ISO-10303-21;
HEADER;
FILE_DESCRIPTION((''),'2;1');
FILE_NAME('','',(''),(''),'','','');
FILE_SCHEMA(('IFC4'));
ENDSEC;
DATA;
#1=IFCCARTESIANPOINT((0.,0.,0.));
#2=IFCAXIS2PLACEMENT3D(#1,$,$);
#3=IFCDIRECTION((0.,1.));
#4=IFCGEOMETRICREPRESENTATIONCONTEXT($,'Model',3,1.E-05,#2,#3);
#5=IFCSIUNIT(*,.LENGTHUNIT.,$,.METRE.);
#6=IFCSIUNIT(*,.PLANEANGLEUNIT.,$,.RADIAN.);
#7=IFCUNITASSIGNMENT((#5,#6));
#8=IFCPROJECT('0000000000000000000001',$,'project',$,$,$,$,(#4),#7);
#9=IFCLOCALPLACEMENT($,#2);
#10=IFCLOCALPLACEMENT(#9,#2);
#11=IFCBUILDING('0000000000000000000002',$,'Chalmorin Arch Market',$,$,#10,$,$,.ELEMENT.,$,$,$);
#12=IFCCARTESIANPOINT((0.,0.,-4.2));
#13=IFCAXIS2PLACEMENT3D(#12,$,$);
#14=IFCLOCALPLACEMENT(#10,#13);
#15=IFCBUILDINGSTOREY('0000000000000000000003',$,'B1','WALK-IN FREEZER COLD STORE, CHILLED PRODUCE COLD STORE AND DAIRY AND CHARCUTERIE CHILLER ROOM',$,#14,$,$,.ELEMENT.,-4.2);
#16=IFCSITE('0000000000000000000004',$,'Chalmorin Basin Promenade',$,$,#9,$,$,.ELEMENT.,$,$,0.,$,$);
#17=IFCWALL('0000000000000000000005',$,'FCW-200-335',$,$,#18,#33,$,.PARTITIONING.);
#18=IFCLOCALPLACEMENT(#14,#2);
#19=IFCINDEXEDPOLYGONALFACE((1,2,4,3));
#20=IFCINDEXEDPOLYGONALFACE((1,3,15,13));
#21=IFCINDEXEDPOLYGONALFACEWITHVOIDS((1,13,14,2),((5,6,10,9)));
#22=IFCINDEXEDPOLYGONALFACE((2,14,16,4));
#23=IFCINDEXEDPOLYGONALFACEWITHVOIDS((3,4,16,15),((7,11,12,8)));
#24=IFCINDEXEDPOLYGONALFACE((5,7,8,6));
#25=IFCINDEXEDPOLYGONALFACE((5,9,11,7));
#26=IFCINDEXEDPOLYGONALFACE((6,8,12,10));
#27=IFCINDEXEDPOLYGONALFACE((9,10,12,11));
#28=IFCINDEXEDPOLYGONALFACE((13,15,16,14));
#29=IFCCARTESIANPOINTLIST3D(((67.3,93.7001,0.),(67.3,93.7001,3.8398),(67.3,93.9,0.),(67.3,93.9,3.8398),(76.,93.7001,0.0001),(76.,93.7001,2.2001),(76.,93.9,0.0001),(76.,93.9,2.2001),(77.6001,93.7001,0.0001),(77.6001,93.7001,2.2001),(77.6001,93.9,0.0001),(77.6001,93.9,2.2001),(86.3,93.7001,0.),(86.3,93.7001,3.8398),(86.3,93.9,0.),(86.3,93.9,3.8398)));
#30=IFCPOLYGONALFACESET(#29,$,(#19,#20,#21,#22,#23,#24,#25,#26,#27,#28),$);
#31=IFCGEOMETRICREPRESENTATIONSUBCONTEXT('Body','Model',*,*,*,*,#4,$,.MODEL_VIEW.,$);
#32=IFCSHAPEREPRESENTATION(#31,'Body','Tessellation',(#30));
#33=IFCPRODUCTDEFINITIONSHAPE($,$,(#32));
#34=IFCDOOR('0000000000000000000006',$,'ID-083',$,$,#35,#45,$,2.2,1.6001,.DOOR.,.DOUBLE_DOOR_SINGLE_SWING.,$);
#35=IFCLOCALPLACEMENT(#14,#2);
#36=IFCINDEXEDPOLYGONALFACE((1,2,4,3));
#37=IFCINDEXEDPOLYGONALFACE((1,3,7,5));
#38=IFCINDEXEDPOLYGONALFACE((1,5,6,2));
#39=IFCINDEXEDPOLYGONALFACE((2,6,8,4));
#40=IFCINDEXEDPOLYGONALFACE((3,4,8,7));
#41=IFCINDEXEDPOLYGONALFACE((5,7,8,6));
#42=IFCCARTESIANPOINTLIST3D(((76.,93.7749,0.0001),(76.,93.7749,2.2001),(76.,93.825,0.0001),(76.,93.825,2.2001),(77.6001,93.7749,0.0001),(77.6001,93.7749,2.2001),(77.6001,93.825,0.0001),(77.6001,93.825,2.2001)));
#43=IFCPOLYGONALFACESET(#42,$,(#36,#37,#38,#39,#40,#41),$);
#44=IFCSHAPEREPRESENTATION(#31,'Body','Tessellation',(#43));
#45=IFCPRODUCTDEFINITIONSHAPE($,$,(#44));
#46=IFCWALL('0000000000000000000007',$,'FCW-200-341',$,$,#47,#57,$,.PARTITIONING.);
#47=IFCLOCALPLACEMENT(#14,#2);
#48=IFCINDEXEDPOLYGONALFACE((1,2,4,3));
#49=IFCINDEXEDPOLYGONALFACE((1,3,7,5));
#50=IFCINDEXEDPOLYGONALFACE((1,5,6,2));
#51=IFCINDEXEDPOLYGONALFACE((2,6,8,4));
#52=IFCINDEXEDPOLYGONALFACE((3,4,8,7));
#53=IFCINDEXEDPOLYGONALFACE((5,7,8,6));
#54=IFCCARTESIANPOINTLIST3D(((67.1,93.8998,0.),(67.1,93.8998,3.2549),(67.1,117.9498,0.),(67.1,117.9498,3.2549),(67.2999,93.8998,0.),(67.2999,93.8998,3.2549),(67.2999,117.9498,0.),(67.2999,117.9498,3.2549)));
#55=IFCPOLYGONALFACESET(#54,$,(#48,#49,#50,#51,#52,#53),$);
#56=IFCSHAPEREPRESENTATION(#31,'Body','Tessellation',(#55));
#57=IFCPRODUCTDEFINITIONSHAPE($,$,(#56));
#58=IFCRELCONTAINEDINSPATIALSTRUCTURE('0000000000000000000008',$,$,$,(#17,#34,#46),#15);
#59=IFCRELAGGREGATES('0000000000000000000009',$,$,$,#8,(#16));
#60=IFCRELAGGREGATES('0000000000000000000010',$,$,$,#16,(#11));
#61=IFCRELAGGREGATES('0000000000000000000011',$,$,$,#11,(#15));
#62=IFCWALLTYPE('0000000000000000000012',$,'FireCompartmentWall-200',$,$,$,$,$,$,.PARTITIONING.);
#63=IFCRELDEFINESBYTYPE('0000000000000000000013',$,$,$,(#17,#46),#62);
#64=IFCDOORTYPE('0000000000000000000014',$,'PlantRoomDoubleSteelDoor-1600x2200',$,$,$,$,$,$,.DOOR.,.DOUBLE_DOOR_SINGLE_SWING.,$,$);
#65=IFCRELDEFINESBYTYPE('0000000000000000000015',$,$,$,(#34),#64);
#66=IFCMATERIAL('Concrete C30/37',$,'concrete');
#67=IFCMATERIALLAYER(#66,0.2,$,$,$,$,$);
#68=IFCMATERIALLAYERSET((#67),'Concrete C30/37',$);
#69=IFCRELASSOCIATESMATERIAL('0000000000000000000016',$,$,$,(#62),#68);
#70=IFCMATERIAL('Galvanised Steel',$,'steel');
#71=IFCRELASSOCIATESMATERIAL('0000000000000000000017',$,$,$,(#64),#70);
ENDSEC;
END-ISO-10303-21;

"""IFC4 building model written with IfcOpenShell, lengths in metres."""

from ifc_helpers import new_model, si_unit, direction, frame, frame_2d, origin, place, context, subcontext, project, spatial, rectangle, extrude, material, layer, layer_set, type_object, element, fill, save


model = new_model("IFC4")

# Units and contexts
model_context = context("Model", 3, precision=1e-05, world=origin(), true_north=direction((0.0, 1.0)))
body_context = subcontext(model_context, "Body", "Model", "MODEL_VIEW")
ifc_project = project(units=[si_unit("LENGTHUNIT", "METRE"), si_unit("PLANEANGLEUNIT", "RADIAN")], contexts=[model_context])

# Site, building, storey
site_placement = place(None, origin())
site = spatial("IfcSite", under=ifc_project, at=site_placement, Name="Chalmorin Basin Promenade", CompositionType="ELEMENT", RefElevation=0.0)
building_placement = place(site_placement, origin())
building = spatial("IfcBuilding", under=site, at=building_placement, Name="Chalmorin Arch Market", CompositionType="ELEMENT")
storey_placement = place(building_placement, frame((0.0, 0.0, -4.2)))
storey = spatial("IfcBuildingStorey", under=building, at=storey_placement, Name="B1", Description="WALK-IN FREEZER COLD STORE, CHILLED PRODUCE COLD STORE AND DAIRY AND CHARCUTERIE CHILLER ROOM", CompositionType="ELEMENT", Elevation=-4.2)

# Wall, opening, door
ifc_material_1 = material(Name="Concrete C30/37", Category="concrete")
ifc_layer_1 = layer(ifc_material_1, 0.2)
ifc_layer_set_1 = layer_set([ifc_layer_1], Name="Concrete C30/37")
wall_type = type_object("IfcWallType", Name="FireCompartmentWall-200", PredefinedType="PARTITIONING", material=ifc_layer_set_1)
wall_1_placement = place(storey_placement, frame((67.3, 93.8, 0.0), z_axis=(0.0, 0.0, 1.0), x_axis=(1.0, 0.0, 0.0)))
wall_1 = element("IfcWall", 1, at=wall_1_placement, inside=storey, type_object=wall_type, Name="FCW-200-335", PredefinedType="PARTITIONING", context=body_context, shape_type="SweptSolid", body=[
    extrude(rectangle(XDim=19.0, YDim=0.2, at=frame_2d((9.5, 0.0))), origin(), (0.0, 0.0, 1.0), 3.8398),
])
opening_placement = place(wall_1_placement, frame((8.7, 0.0, 0.0)))
opening = element("IfcOpeningElement", 2, at=opening_placement, cuts=wall_1, PredefinedType="OPENING", context=body_context, shape_type="SweptSolid", body=[
    extrude(rectangle(XDim=1.6001, YDim=2.2, at=frame_2d((0.8, 1.1001))), frame((0.0, 0.1099, 0.0), z_axis=(0.0, -1.0, 0.0), x_axis=(1.0, 0.0, 0.0)), (0.0, 0.0, 1.0), 0.22),
])
ifc_material_2 = material(Name="Galvanised Steel", Category="steel")
door_type = type_object("IfcDoorType", Name="PlantRoomDoubleSteelDoor-1600x2200", OperationType="DOUBLE_DOOR_SINGLE_SWING", PredefinedType="DOOR", material=ifc_material_2)
door_placement = place(opening_placement, origin())
door = element("IfcDoor", 3, at=door_placement, inside=storey, type_object=door_type, Name="ID-083", OperationType="DOUBLE_DOOR_SINGLE_SWING", OverallHeight=2.2, OverallWidth=1.6001, PredefinedType="DOOR", context=body_context, shape_type="SweptSolid", body=[
    extrude(rectangle(XDim=1.6001, YDim=2.2, at=frame_2d((0.8, 1.1001))), frame((0.0, 0.0249, 0.0), z_axis=(0.0, -1.0, 0.0), x_axis=(1.0, 0.0, 0.0)), (0.0, 0.0, 1.0), 0.05),
])
fill(opening, door)

# Wall
wall_2_placement = place(storey_placement, frame((67.2, 93.8999, 0.0), z_axis=(0.0, 0.0, 1.0), x_axis=(0.0, 1.0, 0.0)))
element("IfcWall", 4, at=wall_2_placement, inside=storey, type_object=wall_type, Name="FCW-200-341", PredefinedType="PARTITIONING", context=body_context, shape_type="SweptSolid", body=[
    extrude(rectangle(XDim=24.05, YDim=0.2, at=frame_2d((12.0249, 0.0))), origin(), (0.0, 0.0, 1.0), 3.2549),
])

save(model, "model.ifc")
